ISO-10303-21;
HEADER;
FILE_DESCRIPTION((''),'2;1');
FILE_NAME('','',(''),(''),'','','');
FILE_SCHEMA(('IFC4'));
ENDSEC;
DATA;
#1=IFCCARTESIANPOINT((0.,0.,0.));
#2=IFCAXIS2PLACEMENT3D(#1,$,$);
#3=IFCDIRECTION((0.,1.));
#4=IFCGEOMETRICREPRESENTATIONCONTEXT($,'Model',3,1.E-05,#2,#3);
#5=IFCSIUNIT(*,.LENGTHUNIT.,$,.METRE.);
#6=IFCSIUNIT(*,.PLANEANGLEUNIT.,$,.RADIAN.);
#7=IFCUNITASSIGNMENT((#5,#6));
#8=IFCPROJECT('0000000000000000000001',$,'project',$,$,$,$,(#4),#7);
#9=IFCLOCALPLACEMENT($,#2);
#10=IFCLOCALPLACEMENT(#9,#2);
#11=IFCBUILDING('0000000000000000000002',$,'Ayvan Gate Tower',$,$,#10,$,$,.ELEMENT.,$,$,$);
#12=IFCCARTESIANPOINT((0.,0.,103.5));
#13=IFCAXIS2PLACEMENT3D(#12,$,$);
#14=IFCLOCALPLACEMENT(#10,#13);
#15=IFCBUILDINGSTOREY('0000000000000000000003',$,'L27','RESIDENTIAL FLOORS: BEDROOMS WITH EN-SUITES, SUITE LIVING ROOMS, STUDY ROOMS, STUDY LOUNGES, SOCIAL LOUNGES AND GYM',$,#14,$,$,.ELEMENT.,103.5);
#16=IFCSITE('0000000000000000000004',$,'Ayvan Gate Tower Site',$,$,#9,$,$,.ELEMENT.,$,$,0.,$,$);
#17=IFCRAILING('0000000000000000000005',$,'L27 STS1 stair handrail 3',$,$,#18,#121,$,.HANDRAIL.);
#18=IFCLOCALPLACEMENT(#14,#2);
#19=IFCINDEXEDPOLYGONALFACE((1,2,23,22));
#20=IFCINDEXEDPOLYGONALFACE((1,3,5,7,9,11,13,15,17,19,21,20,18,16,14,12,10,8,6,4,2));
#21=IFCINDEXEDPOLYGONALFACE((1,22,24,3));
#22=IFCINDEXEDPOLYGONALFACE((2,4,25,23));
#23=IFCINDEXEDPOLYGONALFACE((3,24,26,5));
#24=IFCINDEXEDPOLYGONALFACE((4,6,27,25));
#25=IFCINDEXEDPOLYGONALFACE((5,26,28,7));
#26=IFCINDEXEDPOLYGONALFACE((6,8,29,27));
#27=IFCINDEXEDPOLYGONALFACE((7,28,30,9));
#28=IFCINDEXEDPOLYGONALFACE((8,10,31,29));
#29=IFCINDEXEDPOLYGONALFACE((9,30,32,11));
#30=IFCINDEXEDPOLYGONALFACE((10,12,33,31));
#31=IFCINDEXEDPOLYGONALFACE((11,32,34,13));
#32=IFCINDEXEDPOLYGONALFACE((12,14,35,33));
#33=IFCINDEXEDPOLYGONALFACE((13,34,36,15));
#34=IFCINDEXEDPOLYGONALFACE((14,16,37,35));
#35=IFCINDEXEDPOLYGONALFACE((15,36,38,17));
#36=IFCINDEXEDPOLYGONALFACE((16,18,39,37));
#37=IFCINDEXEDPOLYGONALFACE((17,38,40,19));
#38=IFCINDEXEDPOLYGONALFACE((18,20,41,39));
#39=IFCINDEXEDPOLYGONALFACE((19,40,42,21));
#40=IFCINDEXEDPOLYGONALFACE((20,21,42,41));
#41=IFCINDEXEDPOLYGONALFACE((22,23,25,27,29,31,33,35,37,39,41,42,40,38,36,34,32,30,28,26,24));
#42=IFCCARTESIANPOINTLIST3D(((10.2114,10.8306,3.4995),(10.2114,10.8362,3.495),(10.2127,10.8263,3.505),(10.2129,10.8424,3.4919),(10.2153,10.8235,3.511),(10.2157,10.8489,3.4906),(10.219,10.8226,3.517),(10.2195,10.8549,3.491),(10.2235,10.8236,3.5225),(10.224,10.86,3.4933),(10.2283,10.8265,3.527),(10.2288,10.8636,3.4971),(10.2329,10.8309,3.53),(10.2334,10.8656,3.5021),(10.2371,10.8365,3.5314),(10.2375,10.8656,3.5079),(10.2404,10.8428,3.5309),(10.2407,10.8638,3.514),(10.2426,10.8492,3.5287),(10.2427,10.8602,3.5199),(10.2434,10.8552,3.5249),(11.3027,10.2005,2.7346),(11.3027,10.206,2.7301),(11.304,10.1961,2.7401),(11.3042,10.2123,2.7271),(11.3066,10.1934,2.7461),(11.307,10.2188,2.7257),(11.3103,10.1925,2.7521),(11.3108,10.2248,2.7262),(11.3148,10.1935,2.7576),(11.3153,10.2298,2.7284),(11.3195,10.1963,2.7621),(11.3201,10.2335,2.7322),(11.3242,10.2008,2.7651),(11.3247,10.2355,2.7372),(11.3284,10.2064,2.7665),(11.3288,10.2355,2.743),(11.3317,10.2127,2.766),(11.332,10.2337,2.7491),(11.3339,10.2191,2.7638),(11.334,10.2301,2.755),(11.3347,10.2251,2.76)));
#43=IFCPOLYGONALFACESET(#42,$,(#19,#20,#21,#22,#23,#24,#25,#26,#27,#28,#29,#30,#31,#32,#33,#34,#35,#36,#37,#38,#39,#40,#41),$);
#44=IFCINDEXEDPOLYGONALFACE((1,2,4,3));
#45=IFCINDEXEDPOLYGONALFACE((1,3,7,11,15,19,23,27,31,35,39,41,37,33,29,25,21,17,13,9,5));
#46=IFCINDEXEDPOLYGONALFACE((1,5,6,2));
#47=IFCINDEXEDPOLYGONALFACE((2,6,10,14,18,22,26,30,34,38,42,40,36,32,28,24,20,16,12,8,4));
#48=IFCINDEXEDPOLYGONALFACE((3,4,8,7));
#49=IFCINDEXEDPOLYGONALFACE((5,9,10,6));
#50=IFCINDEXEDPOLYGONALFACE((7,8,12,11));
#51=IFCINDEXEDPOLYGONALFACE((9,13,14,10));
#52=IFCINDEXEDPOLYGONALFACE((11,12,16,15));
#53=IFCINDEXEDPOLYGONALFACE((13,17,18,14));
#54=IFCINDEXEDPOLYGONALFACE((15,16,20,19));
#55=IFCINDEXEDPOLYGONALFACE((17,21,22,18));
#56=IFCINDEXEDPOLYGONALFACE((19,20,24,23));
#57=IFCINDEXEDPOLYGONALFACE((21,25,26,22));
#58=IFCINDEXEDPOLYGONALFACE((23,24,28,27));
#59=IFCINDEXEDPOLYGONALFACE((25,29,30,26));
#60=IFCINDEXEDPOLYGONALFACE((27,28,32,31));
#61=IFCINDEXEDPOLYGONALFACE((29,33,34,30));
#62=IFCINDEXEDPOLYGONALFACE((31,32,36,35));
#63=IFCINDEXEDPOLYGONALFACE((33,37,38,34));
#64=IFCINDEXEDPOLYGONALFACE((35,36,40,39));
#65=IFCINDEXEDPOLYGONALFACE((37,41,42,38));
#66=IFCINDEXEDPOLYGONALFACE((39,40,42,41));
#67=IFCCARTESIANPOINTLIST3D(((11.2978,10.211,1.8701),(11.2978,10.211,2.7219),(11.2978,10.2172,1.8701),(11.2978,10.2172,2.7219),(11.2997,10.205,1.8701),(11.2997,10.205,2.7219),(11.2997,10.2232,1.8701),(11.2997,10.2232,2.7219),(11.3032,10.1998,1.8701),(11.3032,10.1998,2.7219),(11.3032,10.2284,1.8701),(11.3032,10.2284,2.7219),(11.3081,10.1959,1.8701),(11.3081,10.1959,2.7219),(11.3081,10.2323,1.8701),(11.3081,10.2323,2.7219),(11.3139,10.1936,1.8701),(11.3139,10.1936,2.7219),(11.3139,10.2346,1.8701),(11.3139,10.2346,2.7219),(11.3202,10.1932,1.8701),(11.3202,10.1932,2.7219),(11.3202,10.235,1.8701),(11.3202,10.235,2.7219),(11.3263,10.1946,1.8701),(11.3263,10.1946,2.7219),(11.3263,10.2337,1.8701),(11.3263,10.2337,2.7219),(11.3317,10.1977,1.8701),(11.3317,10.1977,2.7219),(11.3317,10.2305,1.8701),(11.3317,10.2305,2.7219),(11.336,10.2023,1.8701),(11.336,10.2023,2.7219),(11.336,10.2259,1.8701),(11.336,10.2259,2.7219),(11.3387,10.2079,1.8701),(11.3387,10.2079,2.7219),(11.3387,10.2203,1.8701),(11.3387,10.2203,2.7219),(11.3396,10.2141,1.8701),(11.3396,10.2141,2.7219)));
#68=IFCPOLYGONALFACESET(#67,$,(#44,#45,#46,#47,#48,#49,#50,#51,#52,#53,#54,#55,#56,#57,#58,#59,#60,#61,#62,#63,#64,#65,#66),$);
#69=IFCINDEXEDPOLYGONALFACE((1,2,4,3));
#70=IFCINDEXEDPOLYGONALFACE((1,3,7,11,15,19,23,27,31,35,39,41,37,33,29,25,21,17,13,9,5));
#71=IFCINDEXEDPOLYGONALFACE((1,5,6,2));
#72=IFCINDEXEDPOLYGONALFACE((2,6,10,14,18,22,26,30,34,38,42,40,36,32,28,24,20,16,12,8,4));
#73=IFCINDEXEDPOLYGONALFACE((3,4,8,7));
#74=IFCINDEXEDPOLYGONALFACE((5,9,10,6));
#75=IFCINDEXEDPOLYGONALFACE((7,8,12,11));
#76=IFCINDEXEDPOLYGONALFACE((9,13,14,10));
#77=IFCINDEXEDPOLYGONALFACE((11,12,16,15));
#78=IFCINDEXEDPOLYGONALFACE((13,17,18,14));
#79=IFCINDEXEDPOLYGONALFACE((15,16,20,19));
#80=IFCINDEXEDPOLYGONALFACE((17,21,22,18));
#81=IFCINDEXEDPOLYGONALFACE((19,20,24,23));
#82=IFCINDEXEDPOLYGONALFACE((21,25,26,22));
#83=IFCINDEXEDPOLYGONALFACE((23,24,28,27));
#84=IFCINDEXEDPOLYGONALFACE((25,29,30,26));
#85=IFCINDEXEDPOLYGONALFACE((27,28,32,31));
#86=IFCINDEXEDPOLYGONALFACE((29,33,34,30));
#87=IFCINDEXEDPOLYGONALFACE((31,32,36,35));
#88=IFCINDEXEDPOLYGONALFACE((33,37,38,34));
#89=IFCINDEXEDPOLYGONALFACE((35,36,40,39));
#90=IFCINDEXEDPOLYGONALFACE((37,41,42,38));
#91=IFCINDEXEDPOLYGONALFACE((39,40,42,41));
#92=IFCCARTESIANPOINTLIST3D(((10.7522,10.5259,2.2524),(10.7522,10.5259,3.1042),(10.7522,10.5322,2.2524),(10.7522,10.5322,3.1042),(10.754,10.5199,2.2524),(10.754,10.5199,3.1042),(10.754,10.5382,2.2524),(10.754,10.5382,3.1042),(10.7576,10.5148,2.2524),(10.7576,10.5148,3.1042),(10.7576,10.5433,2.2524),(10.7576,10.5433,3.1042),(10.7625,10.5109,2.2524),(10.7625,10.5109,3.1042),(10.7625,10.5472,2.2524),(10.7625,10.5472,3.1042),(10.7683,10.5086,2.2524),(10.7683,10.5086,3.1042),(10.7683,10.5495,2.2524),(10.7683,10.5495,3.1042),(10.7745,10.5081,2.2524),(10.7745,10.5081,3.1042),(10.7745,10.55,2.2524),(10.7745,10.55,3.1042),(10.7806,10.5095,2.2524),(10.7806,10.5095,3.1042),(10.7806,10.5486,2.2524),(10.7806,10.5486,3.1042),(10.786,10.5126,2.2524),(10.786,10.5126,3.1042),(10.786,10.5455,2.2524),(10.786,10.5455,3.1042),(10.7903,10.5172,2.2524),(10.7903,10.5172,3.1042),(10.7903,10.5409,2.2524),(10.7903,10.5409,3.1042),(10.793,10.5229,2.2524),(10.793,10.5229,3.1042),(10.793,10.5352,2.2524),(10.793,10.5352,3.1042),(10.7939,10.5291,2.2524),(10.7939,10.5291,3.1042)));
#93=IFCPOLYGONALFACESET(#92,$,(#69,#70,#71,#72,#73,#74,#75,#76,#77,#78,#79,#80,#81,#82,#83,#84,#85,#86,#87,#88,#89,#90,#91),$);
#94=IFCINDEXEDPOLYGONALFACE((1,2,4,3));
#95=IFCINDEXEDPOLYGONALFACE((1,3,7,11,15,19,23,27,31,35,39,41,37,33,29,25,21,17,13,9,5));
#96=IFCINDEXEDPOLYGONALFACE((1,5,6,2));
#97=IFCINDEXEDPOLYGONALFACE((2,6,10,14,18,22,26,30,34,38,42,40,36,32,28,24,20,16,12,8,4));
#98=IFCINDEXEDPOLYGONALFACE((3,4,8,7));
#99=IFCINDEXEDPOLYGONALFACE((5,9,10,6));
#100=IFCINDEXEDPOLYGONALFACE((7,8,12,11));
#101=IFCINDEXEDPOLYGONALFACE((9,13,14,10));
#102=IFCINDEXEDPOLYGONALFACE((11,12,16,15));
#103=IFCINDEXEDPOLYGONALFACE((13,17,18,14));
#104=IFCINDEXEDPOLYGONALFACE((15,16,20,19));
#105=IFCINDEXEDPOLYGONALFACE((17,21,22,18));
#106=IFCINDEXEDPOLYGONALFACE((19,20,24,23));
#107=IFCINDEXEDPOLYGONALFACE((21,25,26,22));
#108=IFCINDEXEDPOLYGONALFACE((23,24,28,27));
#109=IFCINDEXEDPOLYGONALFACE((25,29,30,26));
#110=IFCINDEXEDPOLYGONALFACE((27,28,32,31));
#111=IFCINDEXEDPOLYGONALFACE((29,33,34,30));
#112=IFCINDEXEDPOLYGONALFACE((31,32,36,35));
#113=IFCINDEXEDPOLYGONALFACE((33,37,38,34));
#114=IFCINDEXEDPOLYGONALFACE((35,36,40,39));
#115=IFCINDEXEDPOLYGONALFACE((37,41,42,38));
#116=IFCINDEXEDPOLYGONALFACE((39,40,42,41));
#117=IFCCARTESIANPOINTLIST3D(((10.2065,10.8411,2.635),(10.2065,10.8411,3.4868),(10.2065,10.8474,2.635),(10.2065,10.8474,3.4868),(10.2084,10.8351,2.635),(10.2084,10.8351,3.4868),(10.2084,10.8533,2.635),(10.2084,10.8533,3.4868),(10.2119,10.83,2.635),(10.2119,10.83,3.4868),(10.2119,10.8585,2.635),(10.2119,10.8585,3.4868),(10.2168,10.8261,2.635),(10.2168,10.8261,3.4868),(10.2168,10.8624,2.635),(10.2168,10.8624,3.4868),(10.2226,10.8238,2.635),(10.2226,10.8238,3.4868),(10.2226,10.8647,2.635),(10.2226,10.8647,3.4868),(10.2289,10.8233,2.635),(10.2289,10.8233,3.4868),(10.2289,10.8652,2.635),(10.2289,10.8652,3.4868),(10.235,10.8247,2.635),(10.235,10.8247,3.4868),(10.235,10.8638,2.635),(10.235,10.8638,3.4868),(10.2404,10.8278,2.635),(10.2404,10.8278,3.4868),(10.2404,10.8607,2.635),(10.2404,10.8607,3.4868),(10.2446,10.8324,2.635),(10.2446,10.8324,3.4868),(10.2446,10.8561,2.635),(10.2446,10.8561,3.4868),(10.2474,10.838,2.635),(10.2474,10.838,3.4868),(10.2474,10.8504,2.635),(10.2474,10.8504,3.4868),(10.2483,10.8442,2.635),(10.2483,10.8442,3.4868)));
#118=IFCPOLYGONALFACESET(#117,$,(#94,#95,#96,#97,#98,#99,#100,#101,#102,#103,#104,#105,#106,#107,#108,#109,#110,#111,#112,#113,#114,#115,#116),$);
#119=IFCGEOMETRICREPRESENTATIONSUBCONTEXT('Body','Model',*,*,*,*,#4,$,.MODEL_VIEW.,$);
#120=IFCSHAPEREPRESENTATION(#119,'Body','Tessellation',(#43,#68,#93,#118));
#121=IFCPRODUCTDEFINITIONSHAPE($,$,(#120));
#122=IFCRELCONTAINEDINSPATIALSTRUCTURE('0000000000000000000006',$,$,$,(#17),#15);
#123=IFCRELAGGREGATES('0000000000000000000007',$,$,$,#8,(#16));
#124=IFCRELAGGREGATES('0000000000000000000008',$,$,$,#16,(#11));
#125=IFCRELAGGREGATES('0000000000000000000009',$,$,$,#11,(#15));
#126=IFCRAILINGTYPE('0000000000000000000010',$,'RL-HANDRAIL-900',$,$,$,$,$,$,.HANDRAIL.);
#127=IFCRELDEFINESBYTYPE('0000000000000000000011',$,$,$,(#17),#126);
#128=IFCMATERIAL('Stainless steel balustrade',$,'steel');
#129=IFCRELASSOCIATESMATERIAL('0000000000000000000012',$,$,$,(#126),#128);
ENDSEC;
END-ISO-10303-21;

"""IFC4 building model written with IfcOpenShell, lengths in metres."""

from ifc_helpers import new_model, si_unit, direction, frame, origin, origin_2d, place, context, subcontext, project, spatial, circle, extrude, material, type_object, element, save


model = new_model("IFC4")

# Units and contexts
model_context = context("Model", 3, precision=1e-05, world=origin(), true_north=direction((0.0, 1.0)))
body_context = subcontext(model_context, "Body", "Model", "MODEL_VIEW")
ifc_project = project(units=[si_unit("LENGTHUNIT", "METRE"), si_unit("PLANEANGLEUNIT", "RADIAN")], contexts=[model_context])

# Site, building, storey
site_placement = place(None, origin())
site = spatial("IfcSite", under=ifc_project, at=site_placement, Name="Ayvan Gate Tower Site", CompositionType="ELEMENT", RefElevation=0.0)
building_placement = place(site_placement, origin())
building = spatial("IfcBuilding", under=site, at=building_placement, Name="Ayvan Gate Tower", CompositionType="ELEMENT")
storey_placement = place(building_placement, frame((0.0, 0.0, 103.5)))
storey = spatial("IfcBuildingStorey", under=building, at=storey_placement, Name="L27", Description="RESIDENTIAL FLOORS: BEDROOMS WITH EN-SUITES, SUITE LIVING ROOMS, STUDY ROOMS, STUDY LOUNGES, SOCIAL LOUNGES AND GYM", CompositionType="ELEMENT", Elevation=103.5)

# Railing
ifc_material_1 = material(Name="Stainless steel balustrade", Category="steel")
railing_type = type_object("IfcRailingType", Name="RL-HANDRAIL-900", PredefinedType="HANDRAIL", material=ifc_material_1)
railing_placement = place(storey_placement, frame((11.3186, 10.2141, 1.8701)))
element("IfcRailing", 1, at=railing_placement, inside=storey, type_object=railing_type, Name="L27 STS1 stair handrail 3", PredefinedType="HANDRAIL", context=body_context, shape_type="SweptSolid", body=[
    extrude(circle(Radius=0.0239, at=origin_2d()), frame((0.0, 0.0, 0.876), z_axis=(-0.740304, 0.427455, 0.518875), x_axis=(-0.500035, -0.866005, 0.0)), (0.0, 0.0, 1.0), 1.4741),
    extrude(circle(Radius=0.021, at=origin_2d()), origin(), (0.0, 0.0, 1.0), 0.8518),
    extrude(circle(Radius=0.021, at=origin_2d()), frame((-0.5457, 0.3149, 0.3823)), (0.0, 0.0, 1.0), 0.8518),
    extrude(circle(Radius=0.021, at=origin_2d()), frame((-1.0913, 0.6301, 0.7649)), (0.0, 0.0, 1.0), 0.8518),
])

save(model, "model.ifc")
